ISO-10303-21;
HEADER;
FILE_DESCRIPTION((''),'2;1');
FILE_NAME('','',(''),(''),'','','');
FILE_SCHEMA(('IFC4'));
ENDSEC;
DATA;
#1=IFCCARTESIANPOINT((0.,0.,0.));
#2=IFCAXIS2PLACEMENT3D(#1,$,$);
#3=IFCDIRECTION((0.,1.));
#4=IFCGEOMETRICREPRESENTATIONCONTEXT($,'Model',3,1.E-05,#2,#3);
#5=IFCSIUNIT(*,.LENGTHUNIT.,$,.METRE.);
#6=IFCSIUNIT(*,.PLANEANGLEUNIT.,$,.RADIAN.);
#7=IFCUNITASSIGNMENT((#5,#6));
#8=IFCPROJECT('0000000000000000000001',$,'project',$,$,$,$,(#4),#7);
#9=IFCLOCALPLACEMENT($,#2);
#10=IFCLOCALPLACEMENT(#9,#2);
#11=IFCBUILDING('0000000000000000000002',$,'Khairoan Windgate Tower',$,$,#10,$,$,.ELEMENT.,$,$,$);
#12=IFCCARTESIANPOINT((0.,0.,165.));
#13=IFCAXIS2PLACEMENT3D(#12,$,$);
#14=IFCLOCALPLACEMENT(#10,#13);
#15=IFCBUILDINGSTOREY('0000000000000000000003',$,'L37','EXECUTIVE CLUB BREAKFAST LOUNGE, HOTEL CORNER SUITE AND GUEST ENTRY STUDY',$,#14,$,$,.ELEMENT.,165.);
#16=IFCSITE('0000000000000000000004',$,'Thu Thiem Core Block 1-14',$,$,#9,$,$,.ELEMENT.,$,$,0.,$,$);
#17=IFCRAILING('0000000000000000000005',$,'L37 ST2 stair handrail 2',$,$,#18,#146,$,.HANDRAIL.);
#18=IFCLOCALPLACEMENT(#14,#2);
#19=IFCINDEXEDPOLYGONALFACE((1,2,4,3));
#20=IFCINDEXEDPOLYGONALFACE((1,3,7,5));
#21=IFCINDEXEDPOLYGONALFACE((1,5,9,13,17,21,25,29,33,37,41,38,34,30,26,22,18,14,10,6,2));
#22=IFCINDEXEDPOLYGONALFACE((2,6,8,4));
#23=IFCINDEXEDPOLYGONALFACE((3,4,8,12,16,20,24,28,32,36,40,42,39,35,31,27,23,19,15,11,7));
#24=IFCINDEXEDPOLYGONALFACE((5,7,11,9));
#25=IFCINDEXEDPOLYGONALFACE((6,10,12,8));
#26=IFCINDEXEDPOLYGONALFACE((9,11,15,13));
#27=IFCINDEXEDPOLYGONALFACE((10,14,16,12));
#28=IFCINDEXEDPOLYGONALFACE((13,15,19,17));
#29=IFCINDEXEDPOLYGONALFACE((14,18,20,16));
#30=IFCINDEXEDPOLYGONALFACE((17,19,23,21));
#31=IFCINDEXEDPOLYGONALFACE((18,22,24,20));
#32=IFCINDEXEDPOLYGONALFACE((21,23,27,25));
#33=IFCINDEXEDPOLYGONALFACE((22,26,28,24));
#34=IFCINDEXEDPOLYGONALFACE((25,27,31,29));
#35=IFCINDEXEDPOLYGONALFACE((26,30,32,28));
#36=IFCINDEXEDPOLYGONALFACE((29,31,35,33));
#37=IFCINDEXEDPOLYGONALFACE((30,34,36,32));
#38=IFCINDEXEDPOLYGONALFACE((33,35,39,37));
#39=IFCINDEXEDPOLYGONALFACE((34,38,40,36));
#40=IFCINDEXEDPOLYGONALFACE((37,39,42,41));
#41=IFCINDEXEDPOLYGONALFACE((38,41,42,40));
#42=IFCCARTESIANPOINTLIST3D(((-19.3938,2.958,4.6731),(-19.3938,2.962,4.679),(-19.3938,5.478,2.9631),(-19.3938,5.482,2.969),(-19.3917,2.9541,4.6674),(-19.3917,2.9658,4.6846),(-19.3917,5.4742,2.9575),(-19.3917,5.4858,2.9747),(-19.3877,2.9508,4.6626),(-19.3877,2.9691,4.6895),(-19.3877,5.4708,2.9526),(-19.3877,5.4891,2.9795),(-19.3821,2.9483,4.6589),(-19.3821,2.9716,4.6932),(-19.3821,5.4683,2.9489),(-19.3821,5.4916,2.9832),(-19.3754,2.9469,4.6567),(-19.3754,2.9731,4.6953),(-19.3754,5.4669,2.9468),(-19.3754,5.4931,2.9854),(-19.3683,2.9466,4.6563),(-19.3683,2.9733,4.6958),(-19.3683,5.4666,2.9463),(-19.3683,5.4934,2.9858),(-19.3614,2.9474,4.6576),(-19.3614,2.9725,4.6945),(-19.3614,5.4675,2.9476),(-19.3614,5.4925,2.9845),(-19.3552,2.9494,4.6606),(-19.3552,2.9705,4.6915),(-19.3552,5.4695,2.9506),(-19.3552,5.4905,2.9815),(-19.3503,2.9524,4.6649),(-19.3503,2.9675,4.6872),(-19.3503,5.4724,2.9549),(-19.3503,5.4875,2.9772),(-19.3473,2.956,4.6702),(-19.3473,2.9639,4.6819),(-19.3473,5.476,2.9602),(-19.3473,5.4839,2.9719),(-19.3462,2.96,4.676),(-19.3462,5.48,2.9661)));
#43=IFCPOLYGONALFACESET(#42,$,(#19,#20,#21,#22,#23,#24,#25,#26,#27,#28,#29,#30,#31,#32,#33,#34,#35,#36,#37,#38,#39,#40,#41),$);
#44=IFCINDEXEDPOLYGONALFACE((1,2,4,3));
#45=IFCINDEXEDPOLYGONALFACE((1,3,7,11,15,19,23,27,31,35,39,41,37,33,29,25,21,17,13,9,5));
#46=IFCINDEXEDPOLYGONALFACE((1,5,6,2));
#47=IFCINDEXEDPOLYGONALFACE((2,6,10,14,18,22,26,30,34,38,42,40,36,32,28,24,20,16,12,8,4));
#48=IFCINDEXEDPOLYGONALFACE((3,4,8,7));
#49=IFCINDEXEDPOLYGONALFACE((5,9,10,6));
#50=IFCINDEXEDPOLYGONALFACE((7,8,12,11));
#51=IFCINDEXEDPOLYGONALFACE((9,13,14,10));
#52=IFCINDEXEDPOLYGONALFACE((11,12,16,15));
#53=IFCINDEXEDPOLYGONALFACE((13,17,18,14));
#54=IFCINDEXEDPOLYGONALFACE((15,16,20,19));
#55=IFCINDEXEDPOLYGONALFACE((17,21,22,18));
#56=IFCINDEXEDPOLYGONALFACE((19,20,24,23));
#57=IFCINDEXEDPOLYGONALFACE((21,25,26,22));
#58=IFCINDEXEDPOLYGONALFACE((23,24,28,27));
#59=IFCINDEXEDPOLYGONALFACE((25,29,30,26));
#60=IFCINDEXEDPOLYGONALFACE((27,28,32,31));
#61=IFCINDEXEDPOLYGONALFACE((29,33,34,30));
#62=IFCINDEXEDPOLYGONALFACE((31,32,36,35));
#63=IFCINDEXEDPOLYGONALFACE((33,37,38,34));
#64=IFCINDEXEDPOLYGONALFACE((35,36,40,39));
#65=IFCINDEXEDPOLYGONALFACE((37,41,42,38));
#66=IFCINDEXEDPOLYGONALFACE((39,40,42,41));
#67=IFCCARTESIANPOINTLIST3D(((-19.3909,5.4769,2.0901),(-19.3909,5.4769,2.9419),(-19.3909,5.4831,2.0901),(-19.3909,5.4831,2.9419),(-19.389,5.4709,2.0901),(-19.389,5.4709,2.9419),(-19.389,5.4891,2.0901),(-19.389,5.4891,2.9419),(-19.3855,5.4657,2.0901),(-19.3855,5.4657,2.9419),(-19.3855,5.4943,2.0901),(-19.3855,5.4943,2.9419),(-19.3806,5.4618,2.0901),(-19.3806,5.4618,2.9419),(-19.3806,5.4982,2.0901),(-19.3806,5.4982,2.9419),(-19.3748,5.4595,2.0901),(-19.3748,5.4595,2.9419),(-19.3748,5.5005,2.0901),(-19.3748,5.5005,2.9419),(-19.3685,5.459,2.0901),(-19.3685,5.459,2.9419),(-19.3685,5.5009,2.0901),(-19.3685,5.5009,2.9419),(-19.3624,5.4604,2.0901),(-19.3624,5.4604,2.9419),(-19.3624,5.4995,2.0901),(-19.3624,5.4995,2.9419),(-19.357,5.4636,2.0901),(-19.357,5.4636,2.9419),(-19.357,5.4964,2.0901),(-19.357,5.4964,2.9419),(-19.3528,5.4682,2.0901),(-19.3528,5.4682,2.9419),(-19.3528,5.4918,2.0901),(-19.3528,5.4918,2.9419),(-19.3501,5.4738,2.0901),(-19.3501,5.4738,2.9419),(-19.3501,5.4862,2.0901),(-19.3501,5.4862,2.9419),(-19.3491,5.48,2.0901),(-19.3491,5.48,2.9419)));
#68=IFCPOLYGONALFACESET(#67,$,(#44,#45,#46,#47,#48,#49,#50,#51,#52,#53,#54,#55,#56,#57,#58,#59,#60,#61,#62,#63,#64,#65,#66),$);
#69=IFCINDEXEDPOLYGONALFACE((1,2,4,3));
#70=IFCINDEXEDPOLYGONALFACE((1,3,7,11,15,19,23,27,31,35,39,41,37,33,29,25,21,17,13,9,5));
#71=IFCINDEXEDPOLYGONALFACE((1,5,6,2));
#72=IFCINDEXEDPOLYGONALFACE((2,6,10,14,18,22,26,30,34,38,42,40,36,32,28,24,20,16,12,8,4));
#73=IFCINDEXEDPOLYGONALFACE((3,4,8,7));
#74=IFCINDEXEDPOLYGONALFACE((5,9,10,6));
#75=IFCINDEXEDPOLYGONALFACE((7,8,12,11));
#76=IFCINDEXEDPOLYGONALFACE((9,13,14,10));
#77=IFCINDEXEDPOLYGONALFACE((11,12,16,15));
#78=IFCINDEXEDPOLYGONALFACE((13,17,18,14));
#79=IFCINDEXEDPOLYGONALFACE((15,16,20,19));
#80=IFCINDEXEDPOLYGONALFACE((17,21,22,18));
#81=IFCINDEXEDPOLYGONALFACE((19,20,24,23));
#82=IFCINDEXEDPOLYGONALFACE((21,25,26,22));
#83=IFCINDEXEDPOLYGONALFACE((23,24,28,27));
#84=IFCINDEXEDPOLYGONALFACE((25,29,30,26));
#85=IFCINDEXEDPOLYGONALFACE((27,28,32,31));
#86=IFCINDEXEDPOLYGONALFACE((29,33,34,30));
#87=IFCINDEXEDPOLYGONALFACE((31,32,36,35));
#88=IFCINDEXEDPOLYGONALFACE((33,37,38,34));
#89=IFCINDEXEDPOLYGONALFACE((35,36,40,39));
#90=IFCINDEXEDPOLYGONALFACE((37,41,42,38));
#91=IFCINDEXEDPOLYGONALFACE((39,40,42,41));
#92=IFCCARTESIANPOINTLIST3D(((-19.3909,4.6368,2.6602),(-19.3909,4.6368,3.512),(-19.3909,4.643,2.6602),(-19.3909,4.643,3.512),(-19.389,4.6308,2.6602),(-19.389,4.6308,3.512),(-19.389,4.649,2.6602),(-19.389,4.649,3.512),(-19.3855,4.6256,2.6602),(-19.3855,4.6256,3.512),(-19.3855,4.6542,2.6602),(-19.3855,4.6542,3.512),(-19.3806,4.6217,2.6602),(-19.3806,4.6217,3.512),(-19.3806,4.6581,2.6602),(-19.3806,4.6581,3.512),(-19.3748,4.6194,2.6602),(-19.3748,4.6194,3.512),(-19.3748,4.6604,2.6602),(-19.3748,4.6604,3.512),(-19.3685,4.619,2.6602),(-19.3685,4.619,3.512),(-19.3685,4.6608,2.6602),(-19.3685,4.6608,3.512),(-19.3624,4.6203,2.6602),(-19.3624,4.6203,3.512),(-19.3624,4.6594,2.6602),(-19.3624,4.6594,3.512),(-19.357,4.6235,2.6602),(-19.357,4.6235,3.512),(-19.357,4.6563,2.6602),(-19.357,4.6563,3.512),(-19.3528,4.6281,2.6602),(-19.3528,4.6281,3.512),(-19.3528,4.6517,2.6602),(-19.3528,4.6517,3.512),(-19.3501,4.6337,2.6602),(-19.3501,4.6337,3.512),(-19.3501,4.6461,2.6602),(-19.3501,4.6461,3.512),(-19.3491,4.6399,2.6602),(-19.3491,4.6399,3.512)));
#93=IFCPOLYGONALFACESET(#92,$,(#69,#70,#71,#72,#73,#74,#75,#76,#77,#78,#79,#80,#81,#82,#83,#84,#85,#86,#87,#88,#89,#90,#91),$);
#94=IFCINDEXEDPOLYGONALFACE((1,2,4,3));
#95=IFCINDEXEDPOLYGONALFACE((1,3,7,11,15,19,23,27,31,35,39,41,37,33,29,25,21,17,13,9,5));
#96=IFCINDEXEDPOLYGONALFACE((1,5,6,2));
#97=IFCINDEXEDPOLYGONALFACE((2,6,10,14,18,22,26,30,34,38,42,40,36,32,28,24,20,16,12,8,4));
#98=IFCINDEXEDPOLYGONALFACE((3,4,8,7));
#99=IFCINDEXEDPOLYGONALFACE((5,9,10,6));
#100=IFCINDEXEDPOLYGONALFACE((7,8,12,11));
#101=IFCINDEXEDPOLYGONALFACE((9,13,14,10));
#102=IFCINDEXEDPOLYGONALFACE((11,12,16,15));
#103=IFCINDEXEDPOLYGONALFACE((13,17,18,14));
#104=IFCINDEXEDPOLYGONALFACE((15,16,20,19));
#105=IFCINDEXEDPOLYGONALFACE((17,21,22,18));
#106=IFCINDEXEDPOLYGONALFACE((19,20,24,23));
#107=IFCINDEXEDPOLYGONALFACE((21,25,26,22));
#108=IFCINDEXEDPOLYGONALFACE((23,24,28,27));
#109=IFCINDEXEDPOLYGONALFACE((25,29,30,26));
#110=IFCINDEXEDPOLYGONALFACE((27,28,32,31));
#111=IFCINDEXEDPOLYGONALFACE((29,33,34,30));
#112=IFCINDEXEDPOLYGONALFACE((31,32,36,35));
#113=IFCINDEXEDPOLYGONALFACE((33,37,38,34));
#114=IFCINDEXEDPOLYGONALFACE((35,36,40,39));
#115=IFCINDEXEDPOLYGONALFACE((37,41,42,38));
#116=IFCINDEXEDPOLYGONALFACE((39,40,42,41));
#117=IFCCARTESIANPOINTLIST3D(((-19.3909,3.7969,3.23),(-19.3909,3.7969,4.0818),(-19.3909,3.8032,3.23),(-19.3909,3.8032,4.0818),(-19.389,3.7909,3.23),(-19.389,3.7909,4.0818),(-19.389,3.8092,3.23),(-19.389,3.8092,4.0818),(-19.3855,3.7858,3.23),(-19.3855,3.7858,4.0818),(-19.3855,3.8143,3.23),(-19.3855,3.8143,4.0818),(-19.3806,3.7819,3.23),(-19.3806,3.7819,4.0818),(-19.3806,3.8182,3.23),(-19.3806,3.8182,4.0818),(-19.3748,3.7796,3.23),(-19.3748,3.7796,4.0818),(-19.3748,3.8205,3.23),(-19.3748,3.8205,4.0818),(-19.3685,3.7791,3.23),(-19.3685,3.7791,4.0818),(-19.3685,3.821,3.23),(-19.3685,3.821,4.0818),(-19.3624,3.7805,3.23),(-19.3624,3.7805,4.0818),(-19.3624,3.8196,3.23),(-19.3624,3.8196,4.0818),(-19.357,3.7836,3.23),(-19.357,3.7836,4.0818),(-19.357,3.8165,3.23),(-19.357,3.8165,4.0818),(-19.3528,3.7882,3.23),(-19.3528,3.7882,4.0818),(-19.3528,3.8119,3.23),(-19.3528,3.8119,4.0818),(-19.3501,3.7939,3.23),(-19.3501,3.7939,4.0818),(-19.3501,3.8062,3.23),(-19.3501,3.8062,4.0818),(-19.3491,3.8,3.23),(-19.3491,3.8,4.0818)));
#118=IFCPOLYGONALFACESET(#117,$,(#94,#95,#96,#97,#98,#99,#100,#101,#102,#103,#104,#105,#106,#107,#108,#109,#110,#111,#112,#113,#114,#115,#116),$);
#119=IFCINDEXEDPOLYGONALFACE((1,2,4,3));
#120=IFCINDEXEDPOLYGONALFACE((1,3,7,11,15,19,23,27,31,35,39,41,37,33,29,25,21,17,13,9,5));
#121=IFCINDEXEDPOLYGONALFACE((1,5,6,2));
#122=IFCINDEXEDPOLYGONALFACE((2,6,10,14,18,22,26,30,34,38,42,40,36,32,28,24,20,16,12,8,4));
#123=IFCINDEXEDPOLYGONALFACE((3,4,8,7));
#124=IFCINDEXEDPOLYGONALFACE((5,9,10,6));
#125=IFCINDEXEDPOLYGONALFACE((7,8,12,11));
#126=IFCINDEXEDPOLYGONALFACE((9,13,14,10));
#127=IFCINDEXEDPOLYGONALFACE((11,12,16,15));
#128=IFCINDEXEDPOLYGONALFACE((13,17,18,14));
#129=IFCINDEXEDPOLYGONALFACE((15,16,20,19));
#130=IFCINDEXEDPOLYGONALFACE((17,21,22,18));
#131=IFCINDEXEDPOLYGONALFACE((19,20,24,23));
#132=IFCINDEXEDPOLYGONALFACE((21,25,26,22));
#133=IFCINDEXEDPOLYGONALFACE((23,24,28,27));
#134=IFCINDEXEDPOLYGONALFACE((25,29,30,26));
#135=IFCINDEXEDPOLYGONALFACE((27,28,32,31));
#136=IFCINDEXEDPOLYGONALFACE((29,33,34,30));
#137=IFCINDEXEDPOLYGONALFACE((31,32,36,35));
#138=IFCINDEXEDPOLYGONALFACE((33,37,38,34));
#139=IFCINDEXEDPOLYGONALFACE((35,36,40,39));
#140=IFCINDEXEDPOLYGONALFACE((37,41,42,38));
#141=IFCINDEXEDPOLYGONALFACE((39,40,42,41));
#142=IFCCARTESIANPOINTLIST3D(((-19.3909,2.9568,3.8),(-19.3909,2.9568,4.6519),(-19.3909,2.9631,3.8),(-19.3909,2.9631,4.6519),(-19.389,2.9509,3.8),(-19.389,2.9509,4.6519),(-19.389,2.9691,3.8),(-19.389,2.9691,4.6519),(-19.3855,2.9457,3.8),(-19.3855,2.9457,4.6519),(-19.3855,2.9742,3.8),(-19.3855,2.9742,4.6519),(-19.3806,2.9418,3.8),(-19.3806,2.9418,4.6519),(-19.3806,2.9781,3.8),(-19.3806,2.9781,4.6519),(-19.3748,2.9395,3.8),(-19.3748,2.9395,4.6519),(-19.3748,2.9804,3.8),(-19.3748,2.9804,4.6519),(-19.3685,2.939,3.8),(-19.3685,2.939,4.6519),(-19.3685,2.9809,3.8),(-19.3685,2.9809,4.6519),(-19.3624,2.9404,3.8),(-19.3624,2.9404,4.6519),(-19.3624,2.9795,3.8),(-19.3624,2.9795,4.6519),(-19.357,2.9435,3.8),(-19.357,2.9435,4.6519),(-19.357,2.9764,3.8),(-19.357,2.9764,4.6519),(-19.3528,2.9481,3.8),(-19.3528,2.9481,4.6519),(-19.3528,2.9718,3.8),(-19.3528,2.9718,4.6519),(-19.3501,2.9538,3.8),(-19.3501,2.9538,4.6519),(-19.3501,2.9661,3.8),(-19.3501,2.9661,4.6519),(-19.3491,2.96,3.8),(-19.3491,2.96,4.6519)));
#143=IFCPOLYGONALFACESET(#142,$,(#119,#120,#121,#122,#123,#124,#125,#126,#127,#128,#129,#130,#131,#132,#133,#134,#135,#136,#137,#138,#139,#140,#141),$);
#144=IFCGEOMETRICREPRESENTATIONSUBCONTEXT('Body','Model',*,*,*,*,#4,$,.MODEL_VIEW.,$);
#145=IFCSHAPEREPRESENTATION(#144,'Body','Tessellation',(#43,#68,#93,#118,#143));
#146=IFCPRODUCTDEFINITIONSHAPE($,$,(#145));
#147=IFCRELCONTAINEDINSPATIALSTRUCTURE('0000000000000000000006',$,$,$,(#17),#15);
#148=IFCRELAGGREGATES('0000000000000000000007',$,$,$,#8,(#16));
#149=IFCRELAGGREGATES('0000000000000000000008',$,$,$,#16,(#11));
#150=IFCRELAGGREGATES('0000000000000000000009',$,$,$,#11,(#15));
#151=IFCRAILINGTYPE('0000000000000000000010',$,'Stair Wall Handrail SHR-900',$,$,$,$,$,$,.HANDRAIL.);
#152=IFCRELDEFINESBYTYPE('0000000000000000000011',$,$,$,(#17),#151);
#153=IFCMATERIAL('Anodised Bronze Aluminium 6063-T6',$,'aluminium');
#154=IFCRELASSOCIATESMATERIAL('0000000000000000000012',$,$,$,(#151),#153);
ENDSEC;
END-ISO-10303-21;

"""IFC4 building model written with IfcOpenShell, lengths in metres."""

from ifc_helpers import new_model, si_unit, direction, frame, origin, origin_2d, place, context, subcontext, project, spatial, circle, extrude, material, type_object, element, save


model = new_model("IFC4")

# Units and contexts
model_context = context("Model", 3, precision=1e-05, world=origin(), true_north=direction((0.0, 1.0)))
body_context = subcontext(model_context, "Body", "Model", "MODEL_VIEW")
ifc_project = project(units=[si_unit("LENGTHUNIT", "METRE"), si_unit("PLANEANGLEUNIT", "RADIAN")], contexts=[model_context])

# Site, building, storey
site_placement = place(None, origin())
site = spatial("IfcSite", under=ifc_project, at=site_placement, Name="Thu Thiem Core Block 1-14", CompositionType="ELEMENT", RefElevation=0.0)
building_placement = place(site_placement, origin())
building = spatial("IfcBuilding", under=site, at=building_placement, Name="Khairoan Windgate Tower", CompositionType="ELEMENT")
storey_placement = place(building_placement, frame((0.0, 0.0, 165.0)))
storey = spatial("IfcBuildingStorey", under=building, at=storey_placement, Name="L37", Description="EXECUTIVE CLUB BREAKFAST LOUNGE, HOTEL CORNER SUITE AND GUEST ENTRY STUDY", CompositionType="ELEMENT", Elevation=165.0)

# Railing
ifc_material_1 = material(Name="Anodised Bronze Aluminium 6063-T6", Category="aluminium")
railing_type_1 = type_object("IfcRailingType", Name="Stair Wall Handrail SHR-900", PredefinedType="HANDRAIL", material=ifc_material_1)
railing_1_placement = place(storey_placement, frame((-19.3701, 5.48, 2.0901)))
element("IfcRailing", 1, at=railing_1_placement, inside=storey, type_object=railing_type_1, Name="L37 ST2 stair handrail 2", PredefinedType="HANDRAIL", context=body_context, shape_type="SweptSolid", body=[
    extrude(circle(Radius=0.0239, at=origin_2d()), frame((0.0, 0.0, 0.876), z_axis=(0.0, -0.827484, 0.56149), x_axis=(1.0, 0.0, 0.0)), (0.0, 0.0, 1.0), 3.0454),
    extrude(circle(Radius=0.021, at=origin_2d()), origin(), (0.0, 0.0, 1.0), 0.8518),
    extrude(circle(Radius=0.021, at=origin_2d()), frame((0.0, -0.8401, 0.5701)), (0.0, 0.0, 1.0), 0.8518),
    extrude(circle(Radius=0.021, at=origin_2d()), frame((0.0, -1.6799, 1.1399)), (0.0, 0.0, 1.0), 0.8518),
    extrude(circle(Radius=0.021, at=origin_2d()), frame((0.0, -2.52, 1.71)), (0.0, 0.0, 1.0), 0.8518),
])

save(model, "model.ifc")
